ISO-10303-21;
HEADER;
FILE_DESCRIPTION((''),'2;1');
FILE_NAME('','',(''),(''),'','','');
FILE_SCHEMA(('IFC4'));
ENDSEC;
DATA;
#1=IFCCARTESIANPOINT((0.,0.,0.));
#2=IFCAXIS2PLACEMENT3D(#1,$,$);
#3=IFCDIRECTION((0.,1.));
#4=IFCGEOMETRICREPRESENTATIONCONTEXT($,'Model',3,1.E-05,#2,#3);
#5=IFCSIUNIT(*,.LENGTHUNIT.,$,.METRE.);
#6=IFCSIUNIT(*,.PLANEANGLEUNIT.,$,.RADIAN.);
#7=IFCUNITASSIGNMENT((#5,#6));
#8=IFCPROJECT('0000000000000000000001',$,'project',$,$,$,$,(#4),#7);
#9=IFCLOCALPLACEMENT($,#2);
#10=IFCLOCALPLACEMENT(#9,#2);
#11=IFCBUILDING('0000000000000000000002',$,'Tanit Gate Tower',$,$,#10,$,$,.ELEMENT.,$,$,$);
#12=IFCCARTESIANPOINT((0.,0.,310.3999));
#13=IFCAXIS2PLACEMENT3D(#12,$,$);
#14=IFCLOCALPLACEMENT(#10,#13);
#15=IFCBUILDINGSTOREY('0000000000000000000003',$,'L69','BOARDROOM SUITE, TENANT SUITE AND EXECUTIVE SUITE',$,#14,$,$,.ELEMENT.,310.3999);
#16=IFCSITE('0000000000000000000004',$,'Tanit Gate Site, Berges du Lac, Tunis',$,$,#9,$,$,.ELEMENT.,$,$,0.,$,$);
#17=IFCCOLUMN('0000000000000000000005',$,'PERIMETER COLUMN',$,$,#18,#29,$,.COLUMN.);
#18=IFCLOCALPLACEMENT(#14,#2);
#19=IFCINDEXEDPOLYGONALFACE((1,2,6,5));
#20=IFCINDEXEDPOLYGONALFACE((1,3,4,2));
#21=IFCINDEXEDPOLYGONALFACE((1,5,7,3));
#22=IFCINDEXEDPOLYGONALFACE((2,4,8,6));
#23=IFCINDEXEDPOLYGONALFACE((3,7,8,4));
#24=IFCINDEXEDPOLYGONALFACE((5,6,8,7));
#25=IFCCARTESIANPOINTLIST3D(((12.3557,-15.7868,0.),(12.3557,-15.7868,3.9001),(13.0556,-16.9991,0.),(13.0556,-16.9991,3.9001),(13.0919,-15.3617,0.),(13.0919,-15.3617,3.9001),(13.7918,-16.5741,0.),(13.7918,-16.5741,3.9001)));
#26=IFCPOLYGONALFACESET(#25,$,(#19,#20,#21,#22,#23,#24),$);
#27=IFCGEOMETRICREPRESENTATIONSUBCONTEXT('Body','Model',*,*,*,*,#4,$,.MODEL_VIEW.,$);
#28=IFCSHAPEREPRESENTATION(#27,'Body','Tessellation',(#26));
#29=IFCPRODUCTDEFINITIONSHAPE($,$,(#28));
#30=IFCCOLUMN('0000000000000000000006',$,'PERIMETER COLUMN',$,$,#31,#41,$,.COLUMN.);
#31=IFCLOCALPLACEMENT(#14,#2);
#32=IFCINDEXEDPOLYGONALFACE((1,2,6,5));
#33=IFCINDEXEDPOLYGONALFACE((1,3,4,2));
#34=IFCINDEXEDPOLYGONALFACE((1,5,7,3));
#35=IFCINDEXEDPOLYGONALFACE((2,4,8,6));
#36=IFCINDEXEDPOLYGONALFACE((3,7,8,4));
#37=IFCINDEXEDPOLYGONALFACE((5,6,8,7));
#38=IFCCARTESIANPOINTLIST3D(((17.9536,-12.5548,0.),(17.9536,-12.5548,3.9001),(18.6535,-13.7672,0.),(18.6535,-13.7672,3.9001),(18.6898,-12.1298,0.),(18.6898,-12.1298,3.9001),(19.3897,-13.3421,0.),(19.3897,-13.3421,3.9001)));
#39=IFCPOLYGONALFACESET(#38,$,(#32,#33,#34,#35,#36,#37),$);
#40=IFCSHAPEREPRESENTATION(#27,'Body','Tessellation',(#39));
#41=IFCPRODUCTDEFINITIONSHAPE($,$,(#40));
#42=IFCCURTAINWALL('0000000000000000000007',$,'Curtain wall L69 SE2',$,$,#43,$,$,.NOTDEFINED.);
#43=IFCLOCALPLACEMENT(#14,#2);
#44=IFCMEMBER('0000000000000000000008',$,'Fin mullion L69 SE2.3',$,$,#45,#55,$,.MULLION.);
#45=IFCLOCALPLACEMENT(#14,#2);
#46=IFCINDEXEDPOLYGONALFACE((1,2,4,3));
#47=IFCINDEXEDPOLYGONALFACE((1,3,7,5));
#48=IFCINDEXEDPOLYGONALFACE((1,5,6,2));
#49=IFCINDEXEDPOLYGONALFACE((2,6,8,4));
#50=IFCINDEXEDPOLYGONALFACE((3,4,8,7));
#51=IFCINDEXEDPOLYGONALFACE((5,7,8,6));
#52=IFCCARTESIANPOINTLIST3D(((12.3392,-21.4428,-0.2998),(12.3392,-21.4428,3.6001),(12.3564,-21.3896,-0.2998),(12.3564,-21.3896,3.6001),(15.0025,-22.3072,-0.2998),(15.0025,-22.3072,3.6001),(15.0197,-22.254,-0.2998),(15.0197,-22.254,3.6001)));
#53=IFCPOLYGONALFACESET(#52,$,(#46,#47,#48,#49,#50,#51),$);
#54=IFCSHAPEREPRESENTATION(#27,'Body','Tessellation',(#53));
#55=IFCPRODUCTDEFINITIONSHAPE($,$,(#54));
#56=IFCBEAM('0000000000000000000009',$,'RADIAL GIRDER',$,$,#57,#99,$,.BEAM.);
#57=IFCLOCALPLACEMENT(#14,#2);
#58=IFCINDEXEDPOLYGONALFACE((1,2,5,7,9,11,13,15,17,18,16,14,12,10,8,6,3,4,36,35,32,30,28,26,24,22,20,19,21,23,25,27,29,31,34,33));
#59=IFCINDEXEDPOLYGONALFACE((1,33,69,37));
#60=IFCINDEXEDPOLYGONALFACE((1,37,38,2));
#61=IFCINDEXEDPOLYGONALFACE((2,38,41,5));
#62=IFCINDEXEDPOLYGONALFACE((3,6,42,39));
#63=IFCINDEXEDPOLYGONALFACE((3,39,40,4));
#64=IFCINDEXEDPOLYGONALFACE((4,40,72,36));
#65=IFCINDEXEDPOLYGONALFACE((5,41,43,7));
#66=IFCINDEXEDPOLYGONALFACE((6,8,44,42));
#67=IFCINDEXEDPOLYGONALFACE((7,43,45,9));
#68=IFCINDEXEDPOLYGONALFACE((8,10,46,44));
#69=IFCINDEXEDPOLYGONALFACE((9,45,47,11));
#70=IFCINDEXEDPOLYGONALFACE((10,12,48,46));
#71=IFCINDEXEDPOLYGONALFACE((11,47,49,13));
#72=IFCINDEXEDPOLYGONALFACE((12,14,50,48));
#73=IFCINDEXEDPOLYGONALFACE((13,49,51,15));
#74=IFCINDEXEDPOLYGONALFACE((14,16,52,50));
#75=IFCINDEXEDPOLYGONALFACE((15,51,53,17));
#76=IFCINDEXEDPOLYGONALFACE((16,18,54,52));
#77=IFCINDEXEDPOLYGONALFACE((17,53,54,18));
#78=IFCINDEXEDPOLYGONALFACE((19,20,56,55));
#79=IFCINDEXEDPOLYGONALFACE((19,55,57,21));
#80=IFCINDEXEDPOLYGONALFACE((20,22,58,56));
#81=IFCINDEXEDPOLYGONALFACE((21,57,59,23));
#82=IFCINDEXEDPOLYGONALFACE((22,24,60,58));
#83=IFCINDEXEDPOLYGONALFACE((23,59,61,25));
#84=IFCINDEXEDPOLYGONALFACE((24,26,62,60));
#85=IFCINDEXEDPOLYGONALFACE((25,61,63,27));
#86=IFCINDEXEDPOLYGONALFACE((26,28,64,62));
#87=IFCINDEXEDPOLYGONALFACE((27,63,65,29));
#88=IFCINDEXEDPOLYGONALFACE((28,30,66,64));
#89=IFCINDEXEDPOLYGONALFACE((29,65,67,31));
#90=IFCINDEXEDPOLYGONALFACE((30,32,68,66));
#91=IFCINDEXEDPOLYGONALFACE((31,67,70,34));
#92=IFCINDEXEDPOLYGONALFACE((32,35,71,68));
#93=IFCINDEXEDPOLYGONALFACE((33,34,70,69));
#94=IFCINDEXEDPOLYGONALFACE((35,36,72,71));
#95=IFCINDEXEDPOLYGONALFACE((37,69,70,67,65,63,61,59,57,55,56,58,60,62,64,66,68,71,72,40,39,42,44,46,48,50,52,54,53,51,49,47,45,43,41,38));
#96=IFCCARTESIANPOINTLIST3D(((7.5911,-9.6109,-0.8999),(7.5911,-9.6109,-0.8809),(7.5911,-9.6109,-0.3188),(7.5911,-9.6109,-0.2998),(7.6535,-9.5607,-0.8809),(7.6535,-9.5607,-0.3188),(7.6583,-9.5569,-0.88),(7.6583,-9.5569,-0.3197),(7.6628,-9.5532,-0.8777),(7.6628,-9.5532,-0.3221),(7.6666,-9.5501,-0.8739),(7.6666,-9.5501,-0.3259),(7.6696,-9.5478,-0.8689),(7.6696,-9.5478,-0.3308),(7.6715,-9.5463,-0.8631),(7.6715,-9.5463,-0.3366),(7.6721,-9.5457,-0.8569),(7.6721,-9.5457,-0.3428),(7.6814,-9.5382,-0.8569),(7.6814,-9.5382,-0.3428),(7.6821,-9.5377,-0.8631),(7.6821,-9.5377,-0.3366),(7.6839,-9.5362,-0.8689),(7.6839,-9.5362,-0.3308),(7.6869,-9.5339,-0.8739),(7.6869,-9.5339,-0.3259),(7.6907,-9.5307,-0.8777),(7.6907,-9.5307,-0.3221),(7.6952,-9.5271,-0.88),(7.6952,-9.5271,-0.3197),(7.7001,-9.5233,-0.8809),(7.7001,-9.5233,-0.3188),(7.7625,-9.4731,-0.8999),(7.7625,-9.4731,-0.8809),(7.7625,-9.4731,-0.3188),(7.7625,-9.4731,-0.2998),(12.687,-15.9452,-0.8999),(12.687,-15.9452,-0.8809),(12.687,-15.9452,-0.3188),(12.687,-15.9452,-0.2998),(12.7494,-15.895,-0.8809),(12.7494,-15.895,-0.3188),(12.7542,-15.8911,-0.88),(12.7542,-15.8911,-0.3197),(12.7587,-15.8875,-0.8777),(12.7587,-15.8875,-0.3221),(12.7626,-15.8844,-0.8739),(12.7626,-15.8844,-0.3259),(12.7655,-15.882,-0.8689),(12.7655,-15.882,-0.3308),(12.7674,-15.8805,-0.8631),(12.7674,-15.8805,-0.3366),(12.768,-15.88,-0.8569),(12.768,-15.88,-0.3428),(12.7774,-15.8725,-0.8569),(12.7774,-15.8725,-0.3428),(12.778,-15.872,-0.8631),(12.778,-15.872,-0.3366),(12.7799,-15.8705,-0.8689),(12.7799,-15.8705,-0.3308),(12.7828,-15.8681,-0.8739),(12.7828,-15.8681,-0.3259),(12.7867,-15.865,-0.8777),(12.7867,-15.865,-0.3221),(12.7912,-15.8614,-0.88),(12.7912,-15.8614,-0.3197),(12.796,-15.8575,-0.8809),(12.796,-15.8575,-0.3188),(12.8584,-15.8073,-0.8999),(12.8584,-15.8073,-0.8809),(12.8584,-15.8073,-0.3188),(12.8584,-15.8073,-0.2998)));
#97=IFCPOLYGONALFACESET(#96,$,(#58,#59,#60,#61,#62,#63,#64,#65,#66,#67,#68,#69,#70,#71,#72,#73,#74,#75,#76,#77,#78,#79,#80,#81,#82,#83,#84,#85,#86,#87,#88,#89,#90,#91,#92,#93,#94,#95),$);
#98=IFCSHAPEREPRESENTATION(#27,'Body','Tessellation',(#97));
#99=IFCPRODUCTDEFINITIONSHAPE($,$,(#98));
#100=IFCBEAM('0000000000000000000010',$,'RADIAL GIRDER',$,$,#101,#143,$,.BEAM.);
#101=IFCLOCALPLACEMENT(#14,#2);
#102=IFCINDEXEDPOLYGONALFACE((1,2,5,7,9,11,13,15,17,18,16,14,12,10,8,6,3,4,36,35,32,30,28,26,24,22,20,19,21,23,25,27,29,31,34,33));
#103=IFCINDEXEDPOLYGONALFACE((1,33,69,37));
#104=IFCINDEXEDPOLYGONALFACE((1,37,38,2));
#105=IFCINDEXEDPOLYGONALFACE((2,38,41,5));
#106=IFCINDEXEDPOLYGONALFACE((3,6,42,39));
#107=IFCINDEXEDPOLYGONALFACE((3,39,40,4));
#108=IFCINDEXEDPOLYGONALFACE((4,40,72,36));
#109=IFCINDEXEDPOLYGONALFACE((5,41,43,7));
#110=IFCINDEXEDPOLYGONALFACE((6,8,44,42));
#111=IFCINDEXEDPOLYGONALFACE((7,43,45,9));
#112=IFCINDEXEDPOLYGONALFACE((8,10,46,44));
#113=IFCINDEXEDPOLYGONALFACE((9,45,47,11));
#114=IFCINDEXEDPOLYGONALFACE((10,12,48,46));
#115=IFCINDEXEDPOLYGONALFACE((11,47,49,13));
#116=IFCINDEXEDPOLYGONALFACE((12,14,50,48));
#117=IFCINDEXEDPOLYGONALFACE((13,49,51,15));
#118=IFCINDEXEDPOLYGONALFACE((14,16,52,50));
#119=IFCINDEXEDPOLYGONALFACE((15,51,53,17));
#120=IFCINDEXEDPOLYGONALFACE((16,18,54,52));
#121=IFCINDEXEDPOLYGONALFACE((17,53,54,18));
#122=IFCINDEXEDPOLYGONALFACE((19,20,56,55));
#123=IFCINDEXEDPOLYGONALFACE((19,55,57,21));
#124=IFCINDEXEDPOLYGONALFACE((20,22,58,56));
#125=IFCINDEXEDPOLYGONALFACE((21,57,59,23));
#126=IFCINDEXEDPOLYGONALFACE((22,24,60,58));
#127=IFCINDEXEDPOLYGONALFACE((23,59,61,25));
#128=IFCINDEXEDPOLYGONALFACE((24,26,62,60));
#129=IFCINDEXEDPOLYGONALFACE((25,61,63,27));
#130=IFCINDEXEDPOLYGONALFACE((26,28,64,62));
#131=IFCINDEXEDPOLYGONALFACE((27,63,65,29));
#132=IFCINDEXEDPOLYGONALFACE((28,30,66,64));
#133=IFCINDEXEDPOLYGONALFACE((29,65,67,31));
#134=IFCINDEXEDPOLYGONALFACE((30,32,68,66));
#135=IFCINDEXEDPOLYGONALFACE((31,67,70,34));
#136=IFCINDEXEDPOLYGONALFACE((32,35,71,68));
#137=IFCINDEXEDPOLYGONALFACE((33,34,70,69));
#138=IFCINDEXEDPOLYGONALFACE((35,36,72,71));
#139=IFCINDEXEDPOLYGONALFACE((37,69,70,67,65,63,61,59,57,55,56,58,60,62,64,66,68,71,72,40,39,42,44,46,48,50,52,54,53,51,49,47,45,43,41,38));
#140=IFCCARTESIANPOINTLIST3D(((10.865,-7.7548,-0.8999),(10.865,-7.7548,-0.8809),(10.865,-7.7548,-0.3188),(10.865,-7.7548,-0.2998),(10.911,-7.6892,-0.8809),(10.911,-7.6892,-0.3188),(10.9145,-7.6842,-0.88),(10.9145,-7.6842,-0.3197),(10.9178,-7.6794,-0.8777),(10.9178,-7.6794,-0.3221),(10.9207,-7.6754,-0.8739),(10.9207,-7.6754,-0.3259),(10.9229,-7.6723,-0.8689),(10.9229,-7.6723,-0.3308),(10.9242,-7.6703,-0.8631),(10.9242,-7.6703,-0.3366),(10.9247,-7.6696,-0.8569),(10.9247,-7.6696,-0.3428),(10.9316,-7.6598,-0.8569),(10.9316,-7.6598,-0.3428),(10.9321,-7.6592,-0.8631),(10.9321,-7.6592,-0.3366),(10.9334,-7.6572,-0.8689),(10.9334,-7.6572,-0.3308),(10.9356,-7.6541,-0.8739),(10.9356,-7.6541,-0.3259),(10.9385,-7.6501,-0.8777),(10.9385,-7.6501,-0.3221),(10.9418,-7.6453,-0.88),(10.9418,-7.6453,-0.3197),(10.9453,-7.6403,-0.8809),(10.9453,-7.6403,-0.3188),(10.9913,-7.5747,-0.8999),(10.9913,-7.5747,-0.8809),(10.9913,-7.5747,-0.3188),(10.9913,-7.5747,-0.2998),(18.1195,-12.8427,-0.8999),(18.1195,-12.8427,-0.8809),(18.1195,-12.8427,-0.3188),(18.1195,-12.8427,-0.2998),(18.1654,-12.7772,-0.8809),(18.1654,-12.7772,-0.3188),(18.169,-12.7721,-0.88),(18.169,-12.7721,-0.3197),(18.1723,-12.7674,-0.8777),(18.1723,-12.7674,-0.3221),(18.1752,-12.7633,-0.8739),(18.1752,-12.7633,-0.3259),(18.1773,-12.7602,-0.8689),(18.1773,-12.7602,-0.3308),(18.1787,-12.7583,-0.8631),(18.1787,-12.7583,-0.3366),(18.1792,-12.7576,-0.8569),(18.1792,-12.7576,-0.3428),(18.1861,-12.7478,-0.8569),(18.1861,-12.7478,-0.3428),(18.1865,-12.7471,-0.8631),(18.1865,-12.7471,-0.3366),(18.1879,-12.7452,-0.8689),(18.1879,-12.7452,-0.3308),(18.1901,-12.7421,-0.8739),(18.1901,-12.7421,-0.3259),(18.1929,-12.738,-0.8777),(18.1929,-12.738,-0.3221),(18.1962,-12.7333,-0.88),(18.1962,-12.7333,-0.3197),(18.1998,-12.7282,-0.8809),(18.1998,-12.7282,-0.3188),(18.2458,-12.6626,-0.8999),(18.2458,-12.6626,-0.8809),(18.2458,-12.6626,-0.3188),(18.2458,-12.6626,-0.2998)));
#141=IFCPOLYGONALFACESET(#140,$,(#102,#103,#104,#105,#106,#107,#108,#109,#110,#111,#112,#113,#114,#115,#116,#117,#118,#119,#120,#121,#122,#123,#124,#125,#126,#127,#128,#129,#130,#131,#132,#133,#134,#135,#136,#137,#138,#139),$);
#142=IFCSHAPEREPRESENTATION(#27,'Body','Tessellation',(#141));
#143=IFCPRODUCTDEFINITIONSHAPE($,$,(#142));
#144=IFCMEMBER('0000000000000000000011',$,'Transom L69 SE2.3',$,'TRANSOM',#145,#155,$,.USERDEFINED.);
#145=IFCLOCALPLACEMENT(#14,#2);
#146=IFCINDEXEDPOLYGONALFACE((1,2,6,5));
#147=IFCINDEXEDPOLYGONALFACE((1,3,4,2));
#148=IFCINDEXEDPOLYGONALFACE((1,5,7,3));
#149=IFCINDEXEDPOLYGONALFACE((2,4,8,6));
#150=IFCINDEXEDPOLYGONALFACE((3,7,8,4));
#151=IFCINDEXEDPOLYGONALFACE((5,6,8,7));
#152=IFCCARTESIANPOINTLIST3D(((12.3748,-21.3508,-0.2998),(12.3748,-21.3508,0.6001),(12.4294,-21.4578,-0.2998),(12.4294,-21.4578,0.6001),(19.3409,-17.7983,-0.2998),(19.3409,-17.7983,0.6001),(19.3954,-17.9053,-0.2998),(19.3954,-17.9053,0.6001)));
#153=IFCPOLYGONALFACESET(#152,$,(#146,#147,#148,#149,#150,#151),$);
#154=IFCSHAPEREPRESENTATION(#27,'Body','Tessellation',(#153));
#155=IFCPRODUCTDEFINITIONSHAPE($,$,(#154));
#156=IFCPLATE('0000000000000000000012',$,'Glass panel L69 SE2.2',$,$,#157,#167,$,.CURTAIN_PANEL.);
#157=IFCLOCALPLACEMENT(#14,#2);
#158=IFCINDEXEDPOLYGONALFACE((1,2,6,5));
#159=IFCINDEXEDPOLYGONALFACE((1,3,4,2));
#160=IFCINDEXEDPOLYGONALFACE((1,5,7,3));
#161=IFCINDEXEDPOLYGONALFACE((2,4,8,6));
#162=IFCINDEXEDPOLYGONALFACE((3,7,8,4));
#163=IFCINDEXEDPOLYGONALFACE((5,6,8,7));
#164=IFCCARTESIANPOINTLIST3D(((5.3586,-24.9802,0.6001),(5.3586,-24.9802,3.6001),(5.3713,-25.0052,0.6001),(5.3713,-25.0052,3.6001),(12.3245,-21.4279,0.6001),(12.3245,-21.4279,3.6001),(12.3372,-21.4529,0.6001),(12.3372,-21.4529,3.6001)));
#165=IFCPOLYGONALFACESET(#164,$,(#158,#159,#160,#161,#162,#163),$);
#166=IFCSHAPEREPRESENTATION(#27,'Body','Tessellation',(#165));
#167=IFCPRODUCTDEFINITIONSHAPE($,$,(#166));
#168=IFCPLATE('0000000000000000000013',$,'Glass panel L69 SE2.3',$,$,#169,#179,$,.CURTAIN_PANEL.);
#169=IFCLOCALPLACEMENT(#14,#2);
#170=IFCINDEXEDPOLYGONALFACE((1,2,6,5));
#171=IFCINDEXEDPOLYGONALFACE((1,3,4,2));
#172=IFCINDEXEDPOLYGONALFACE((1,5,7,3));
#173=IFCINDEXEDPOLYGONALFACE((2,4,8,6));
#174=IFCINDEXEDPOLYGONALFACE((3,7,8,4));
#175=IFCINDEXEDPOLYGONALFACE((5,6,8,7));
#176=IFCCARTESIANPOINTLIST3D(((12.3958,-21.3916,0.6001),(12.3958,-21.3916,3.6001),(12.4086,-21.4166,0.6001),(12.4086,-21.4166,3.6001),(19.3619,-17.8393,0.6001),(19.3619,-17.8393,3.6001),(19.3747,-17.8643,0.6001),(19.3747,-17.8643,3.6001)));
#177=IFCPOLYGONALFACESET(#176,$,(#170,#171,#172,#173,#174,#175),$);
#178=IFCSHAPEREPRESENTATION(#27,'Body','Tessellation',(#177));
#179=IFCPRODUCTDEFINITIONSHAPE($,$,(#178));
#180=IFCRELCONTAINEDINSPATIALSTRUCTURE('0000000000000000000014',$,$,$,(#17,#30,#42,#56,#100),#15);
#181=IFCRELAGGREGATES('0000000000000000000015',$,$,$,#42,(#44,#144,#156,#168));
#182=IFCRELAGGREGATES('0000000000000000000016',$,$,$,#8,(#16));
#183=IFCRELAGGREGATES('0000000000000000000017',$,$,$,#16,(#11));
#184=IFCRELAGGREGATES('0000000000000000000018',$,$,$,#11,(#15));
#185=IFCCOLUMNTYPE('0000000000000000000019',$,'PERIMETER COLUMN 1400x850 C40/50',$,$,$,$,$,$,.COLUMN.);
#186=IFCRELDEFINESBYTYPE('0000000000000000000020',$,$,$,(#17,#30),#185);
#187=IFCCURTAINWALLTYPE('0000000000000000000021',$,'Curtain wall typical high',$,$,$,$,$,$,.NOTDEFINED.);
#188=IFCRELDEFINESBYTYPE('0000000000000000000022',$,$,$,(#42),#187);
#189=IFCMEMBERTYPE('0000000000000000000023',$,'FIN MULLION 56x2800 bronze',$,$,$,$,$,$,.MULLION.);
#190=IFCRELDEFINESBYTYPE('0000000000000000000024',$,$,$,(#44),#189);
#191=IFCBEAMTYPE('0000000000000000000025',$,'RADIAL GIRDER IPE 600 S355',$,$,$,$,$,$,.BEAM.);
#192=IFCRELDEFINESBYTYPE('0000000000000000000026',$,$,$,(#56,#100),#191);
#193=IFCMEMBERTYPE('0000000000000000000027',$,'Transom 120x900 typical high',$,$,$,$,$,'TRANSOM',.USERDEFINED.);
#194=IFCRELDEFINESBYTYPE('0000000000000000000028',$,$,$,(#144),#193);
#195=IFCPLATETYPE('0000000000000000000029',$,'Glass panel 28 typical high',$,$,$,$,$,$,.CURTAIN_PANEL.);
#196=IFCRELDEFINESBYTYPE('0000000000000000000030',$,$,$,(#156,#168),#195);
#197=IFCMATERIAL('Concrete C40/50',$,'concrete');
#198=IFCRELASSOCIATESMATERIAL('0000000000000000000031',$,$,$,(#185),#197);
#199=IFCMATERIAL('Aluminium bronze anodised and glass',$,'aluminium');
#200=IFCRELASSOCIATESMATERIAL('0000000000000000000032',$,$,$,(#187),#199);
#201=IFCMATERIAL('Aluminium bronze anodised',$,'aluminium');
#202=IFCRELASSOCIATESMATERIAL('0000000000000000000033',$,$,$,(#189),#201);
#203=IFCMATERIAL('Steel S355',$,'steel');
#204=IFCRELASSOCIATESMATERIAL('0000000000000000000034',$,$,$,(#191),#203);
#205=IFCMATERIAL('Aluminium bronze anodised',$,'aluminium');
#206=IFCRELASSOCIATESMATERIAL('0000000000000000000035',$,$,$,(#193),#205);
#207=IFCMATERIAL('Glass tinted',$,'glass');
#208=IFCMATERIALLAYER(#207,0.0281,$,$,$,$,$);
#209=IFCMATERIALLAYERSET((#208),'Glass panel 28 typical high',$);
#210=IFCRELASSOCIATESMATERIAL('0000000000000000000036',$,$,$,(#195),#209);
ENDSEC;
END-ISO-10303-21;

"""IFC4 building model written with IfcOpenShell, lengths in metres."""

from ifc_helpers import new_model, si_unit, direction, frame, origin, origin_2d, place, context, subcontext, project, spatial, rectangle, i_section, extrude, material, layer, layer_set, material_profile, profile_set, type_object, element, aggregate, save


model = new_model("IFC4")

# Units and contexts
model_context = context("Model", 3, precision=1e-05, world=origin(), true_north=direction((0.0, 1.0)))
body_context = subcontext(model_context, "Body", "Model", "MODEL_VIEW")
ifc_project = project(units=[si_unit("LENGTHUNIT", "METRE"), si_unit("PLANEANGLEUNIT", "RADIAN")], contexts=[model_context])

# Site, building, storey
site_placement = place(None, origin())
site = spatial("IfcSite", under=ifc_project, at=site_placement, Name="Tanit Gate Site, Berges du Lac, Tunis", CompositionType="ELEMENT", RefElevation=0.0)
building_placement = place(site_placement, origin())
building = spatial("IfcBuilding", under=site, at=building_placement, Name="Tanit Gate Tower", CompositionType="ELEMENT")
storey_placement = place(building_placement, frame((0.0, 0.0, 310.3999)))
storey = spatial("IfcBuildingStorey", under=building, at=storey_placement, Name="L69", Description="BOARDROOM SUITE, TENANT SUITE AND EXECUTIVE SUITE", CompositionType="ELEMENT", Elevation=310.3999)

# Columns
ifc_material_1 = material(Name="Concrete C40/50", Category="concrete")
ifc_material_profile_1 = material_profile(ifc_material_1, rectangle(XDim=1.3999, YDim=0.8501, at=origin_2d()), Name="RC 1400x850")
ifc_profile_set_1 = profile_set([ifc_material_profile_1], Name="Concrete C40/50")
column_type = type_object("IfcColumnType", Name="PERIMETER COLUMN 1400x850 C40/50", PredefinedType="COLUMN", material=ifc_profile_set_1)
for number, where, z_axis, x_axis, name in (
    (1, (13.0737, -16.1804, 0.0), (0.0, 0.0, 1.0), (0.5, -0.866025, 0.0), "PERIMETER COLUMN"),
    (2, (18.6716, -12.9485, 0.0), (0.0, 0.0, 1.0), (0.5, -0.866025, 0.0), "PERIMETER COLUMN"),
):
    element("IfcColumn", number, at=place(storey_placement, frame(where, z_axis=z_axis, x_axis=x_axis)), inside=storey, type_object=column_type, Name=name, PredefinedType="COLUMN", context=body_context, shape_type="SweptSolid", body=[
        extrude(rectangle(XDim=1.3999, YDim=0.8501, at=origin_2d()), origin(), (0.0, 0.0, 1.0), 3.9001),
    ])

# Curtain wall, member
ifc_material_2 = material(Name="Aluminium bronze anodised and glass", Category="aluminium")
curtain_wall_type = type_object("IfcCurtainWallType", Name="Curtain wall typical high", PredefinedType="NOTDEFINED", material=ifc_material_2)
curtain_wall_placement = place(storey_placement, origin())
curtain_wall = element("IfcCurtainWall", 3, at=curtain_wall_placement, inside=storey, type_object=curtain_wall_type, Name="Curtain wall L69 SE2", PredefinedType="NOTDEFINED")
ifc_material_3 = material(Name="Aluminium bronze anodised", Category="aluminium")
ifc_material_profile_2 = material_profile(ifc_material_3, rectangle(XDim=2.8, YDim=0.0559, at=origin_2d()), Name="56x2800 bronze fin mullion")
ifc_profile_set_2 = profile_set([ifc_material_profile_2], Name="Aluminium bronze anodised")
member_type_1 = type_object("IfcMemberType", Name="FIN MULLION 56x2800 bronze", PredefinedType="MULLION", material=ifc_profile_set_2)
member_1_placement = place(storey_placement, frame((13.6794, -21.8484, -0.2998), z_axis=(0.0, 0.0, 1.0), x_axis=(-0.95116, 0.3087, 0.0)))
member_1 = element("IfcMember", 4, at=member_1_placement, type_object=member_type_1, Name="Fin mullion L69 SE2.3", PredefinedType="MULLION", context=body_context, shape_type="SweptSolid", body=[
    extrude(rectangle(XDim=2.8, YDim=0.0559, at=origin_2d()), origin(), (0.0, 0.0, 1.0), 3.8999),
])

# Beams
ifc_material_4 = material(Name="Steel S355", Category="steel")
ifc_material_profile_3 = material_profile(ifc_material_4, i_section(OverallWidth=0.22, OverallDepth=0.6001, WebThickness=0.012, FlangeThickness=0.019, FilletRadius=0.0239, at=origin_2d()), Name="IPE 600")
ifc_profile_set_3 = profile_set([ifc_material_profile_3], Name="Steel S355")
beam_type = type_object("IfcBeamType", Name="RADIAL GIRDER IPE 600 S355", PredefinedType="BEAM", material=ifc_profile_set_3)
beam_1_placement = place(storey_placement, frame((12.7727, -15.8762, -0.5999), z_axis=(-0.626835, 0.779152, 0.0), x_axis=(-0.779152, -0.626835, 0.0)))
element("IfcBeam", 5, at=beam_1_placement, inside=storey, type_object=beam_type, Name="RADIAL GIRDER", PredefinedType="BEAM", context=body_context, shape_type="SweptSolid", body=[
    extrude(i_section(OverallWidth=0.22, OverallDepth=0.6001, WebThickness=0.012, FlangeThickness=0.019, FilletRadius=0.0239, at=origin_2d()), origin(), (0.0, 0.0, 1.0), 8.1296),
])
beam_2_placement = place(storey_placement, frame((18.1826, -12.7527, -0.5999), z_axis=(-0.818711, 0.574205, 0.0), x_axis=(-0.574205, -0.818711, 0.0)))
element("IfcBeam", 6, at=beam_2_placement, inside=storey, type_object=beam_type, Name="RADIAL GIRDER", PredefinedType="BEAM", context=body_context, shape_type="SweptSolid", body=[
    extrude(i_section(OverallWidth=0.22, OverallDepth=0.6001, WebThickness=0.012, FlangeThickness=0.019, FilletRadius=0.0239, at=origin_2d()), origin(), (0.0, 0.0, 1.0), 8.8608),
])

# Member
ifc_material_5 = material(Name="Aluminium bronze anodised", Category="aluminium")
ifc_material_profile_4 = material_profile(ifc_material_5, rectangle(XDim=0.1201, YDim=0.8999, at=origin_2d()), Name="120x900 bronze transom")
ifc_profile_set_4 = profile_set([ifc_material_profile_4], Name="Aluminium bronze anodised")
member_type_2 = type_object("IfcMemberType", Name="Transom 120x900 typical high", ElementType="TRANSOM", PredefinedType="USERDEFINED", material=ifc_profile_set_4)
member_2_placement = place(storey_placement, frame((12.4021, -21.4043, 0.1501), z_axis=(0.890846, 0.454306, 0.0), x_axis=(-0.454306, 0.890846, 0.0)))
member_2 = element("IfcMember", 7, at=member_2_placement, type_object=member_type_2, Name="Transom L69 SE2.3", ObjectType="TRANSOM", PredefinedType="USERDEFINED", context=body_context, shape_type="SweptSolid", body=[
    extrude(rectangle(XDim=0.1201, YDim=0.8999, at=origin_2d()), origin(), (0.0, 0.0, 1.0), 7.8196),
])

# Plates
ifc_material_6 = material(Name="Glass tinted", Category="glass")
ifc_layer_1 = layer(ifc_material_6, 0.0281)
ifc_layer_set_1 = layer_set([ifc_layer_1], Name="Glass panel 28 typical high")
plate_type = type_object("IfcPlateType", Name="Glass panel 28 typical high", PredefinedType="CURTAIN_PANEL", material=ifc_layer_set_1)
plate_1_placement = place(storey_placement, frame((8.8479, -23.2166, 0.6001), z_axis=(0.0, 0.0, 1.0), x_axis=(0.890855, 0.454288, 0.0)))
plate_1 = element("IfcPlate", 8, at=plate_1_placement, type_object=plate_type, Name="Glass panel L69 SE2.2", PredefinedType="CURTAIN_PANEL", context=body_context, shape_type="SweptSolid", body=[
    extrude(rectangle(XDim=7.8193, YDim=0.0281, at=origin_2d()), origin(), (0.0, 0.0, 1.0), 3.0),
])
plate_2_placement = place(storey_placement, frame((15.8853, -19.6279, 0.6001), z_axis=(0.0, 0.0, 1.0), x_axis=(0.890855, 0.454288, 0.0)))
plate_2 = element("IfcPlate", 9, at=plate_2_placement, type_object=plate_type, Name="Glass panel L69 SE2.3", PredefinedType="CURTAIN_PANEL", context=body_context, shape_type="SweptSolid", body=[
    extrude(rectangle(XDim=7.8196, YDim=0.0281, at=origin_2d()), origin(), (0.0, 0.0, 1.0), 3.0),
])
aggregate(curtain_wall, [member_1, member_2, plate_1, plate_2])

save(model, "model.ifc")
